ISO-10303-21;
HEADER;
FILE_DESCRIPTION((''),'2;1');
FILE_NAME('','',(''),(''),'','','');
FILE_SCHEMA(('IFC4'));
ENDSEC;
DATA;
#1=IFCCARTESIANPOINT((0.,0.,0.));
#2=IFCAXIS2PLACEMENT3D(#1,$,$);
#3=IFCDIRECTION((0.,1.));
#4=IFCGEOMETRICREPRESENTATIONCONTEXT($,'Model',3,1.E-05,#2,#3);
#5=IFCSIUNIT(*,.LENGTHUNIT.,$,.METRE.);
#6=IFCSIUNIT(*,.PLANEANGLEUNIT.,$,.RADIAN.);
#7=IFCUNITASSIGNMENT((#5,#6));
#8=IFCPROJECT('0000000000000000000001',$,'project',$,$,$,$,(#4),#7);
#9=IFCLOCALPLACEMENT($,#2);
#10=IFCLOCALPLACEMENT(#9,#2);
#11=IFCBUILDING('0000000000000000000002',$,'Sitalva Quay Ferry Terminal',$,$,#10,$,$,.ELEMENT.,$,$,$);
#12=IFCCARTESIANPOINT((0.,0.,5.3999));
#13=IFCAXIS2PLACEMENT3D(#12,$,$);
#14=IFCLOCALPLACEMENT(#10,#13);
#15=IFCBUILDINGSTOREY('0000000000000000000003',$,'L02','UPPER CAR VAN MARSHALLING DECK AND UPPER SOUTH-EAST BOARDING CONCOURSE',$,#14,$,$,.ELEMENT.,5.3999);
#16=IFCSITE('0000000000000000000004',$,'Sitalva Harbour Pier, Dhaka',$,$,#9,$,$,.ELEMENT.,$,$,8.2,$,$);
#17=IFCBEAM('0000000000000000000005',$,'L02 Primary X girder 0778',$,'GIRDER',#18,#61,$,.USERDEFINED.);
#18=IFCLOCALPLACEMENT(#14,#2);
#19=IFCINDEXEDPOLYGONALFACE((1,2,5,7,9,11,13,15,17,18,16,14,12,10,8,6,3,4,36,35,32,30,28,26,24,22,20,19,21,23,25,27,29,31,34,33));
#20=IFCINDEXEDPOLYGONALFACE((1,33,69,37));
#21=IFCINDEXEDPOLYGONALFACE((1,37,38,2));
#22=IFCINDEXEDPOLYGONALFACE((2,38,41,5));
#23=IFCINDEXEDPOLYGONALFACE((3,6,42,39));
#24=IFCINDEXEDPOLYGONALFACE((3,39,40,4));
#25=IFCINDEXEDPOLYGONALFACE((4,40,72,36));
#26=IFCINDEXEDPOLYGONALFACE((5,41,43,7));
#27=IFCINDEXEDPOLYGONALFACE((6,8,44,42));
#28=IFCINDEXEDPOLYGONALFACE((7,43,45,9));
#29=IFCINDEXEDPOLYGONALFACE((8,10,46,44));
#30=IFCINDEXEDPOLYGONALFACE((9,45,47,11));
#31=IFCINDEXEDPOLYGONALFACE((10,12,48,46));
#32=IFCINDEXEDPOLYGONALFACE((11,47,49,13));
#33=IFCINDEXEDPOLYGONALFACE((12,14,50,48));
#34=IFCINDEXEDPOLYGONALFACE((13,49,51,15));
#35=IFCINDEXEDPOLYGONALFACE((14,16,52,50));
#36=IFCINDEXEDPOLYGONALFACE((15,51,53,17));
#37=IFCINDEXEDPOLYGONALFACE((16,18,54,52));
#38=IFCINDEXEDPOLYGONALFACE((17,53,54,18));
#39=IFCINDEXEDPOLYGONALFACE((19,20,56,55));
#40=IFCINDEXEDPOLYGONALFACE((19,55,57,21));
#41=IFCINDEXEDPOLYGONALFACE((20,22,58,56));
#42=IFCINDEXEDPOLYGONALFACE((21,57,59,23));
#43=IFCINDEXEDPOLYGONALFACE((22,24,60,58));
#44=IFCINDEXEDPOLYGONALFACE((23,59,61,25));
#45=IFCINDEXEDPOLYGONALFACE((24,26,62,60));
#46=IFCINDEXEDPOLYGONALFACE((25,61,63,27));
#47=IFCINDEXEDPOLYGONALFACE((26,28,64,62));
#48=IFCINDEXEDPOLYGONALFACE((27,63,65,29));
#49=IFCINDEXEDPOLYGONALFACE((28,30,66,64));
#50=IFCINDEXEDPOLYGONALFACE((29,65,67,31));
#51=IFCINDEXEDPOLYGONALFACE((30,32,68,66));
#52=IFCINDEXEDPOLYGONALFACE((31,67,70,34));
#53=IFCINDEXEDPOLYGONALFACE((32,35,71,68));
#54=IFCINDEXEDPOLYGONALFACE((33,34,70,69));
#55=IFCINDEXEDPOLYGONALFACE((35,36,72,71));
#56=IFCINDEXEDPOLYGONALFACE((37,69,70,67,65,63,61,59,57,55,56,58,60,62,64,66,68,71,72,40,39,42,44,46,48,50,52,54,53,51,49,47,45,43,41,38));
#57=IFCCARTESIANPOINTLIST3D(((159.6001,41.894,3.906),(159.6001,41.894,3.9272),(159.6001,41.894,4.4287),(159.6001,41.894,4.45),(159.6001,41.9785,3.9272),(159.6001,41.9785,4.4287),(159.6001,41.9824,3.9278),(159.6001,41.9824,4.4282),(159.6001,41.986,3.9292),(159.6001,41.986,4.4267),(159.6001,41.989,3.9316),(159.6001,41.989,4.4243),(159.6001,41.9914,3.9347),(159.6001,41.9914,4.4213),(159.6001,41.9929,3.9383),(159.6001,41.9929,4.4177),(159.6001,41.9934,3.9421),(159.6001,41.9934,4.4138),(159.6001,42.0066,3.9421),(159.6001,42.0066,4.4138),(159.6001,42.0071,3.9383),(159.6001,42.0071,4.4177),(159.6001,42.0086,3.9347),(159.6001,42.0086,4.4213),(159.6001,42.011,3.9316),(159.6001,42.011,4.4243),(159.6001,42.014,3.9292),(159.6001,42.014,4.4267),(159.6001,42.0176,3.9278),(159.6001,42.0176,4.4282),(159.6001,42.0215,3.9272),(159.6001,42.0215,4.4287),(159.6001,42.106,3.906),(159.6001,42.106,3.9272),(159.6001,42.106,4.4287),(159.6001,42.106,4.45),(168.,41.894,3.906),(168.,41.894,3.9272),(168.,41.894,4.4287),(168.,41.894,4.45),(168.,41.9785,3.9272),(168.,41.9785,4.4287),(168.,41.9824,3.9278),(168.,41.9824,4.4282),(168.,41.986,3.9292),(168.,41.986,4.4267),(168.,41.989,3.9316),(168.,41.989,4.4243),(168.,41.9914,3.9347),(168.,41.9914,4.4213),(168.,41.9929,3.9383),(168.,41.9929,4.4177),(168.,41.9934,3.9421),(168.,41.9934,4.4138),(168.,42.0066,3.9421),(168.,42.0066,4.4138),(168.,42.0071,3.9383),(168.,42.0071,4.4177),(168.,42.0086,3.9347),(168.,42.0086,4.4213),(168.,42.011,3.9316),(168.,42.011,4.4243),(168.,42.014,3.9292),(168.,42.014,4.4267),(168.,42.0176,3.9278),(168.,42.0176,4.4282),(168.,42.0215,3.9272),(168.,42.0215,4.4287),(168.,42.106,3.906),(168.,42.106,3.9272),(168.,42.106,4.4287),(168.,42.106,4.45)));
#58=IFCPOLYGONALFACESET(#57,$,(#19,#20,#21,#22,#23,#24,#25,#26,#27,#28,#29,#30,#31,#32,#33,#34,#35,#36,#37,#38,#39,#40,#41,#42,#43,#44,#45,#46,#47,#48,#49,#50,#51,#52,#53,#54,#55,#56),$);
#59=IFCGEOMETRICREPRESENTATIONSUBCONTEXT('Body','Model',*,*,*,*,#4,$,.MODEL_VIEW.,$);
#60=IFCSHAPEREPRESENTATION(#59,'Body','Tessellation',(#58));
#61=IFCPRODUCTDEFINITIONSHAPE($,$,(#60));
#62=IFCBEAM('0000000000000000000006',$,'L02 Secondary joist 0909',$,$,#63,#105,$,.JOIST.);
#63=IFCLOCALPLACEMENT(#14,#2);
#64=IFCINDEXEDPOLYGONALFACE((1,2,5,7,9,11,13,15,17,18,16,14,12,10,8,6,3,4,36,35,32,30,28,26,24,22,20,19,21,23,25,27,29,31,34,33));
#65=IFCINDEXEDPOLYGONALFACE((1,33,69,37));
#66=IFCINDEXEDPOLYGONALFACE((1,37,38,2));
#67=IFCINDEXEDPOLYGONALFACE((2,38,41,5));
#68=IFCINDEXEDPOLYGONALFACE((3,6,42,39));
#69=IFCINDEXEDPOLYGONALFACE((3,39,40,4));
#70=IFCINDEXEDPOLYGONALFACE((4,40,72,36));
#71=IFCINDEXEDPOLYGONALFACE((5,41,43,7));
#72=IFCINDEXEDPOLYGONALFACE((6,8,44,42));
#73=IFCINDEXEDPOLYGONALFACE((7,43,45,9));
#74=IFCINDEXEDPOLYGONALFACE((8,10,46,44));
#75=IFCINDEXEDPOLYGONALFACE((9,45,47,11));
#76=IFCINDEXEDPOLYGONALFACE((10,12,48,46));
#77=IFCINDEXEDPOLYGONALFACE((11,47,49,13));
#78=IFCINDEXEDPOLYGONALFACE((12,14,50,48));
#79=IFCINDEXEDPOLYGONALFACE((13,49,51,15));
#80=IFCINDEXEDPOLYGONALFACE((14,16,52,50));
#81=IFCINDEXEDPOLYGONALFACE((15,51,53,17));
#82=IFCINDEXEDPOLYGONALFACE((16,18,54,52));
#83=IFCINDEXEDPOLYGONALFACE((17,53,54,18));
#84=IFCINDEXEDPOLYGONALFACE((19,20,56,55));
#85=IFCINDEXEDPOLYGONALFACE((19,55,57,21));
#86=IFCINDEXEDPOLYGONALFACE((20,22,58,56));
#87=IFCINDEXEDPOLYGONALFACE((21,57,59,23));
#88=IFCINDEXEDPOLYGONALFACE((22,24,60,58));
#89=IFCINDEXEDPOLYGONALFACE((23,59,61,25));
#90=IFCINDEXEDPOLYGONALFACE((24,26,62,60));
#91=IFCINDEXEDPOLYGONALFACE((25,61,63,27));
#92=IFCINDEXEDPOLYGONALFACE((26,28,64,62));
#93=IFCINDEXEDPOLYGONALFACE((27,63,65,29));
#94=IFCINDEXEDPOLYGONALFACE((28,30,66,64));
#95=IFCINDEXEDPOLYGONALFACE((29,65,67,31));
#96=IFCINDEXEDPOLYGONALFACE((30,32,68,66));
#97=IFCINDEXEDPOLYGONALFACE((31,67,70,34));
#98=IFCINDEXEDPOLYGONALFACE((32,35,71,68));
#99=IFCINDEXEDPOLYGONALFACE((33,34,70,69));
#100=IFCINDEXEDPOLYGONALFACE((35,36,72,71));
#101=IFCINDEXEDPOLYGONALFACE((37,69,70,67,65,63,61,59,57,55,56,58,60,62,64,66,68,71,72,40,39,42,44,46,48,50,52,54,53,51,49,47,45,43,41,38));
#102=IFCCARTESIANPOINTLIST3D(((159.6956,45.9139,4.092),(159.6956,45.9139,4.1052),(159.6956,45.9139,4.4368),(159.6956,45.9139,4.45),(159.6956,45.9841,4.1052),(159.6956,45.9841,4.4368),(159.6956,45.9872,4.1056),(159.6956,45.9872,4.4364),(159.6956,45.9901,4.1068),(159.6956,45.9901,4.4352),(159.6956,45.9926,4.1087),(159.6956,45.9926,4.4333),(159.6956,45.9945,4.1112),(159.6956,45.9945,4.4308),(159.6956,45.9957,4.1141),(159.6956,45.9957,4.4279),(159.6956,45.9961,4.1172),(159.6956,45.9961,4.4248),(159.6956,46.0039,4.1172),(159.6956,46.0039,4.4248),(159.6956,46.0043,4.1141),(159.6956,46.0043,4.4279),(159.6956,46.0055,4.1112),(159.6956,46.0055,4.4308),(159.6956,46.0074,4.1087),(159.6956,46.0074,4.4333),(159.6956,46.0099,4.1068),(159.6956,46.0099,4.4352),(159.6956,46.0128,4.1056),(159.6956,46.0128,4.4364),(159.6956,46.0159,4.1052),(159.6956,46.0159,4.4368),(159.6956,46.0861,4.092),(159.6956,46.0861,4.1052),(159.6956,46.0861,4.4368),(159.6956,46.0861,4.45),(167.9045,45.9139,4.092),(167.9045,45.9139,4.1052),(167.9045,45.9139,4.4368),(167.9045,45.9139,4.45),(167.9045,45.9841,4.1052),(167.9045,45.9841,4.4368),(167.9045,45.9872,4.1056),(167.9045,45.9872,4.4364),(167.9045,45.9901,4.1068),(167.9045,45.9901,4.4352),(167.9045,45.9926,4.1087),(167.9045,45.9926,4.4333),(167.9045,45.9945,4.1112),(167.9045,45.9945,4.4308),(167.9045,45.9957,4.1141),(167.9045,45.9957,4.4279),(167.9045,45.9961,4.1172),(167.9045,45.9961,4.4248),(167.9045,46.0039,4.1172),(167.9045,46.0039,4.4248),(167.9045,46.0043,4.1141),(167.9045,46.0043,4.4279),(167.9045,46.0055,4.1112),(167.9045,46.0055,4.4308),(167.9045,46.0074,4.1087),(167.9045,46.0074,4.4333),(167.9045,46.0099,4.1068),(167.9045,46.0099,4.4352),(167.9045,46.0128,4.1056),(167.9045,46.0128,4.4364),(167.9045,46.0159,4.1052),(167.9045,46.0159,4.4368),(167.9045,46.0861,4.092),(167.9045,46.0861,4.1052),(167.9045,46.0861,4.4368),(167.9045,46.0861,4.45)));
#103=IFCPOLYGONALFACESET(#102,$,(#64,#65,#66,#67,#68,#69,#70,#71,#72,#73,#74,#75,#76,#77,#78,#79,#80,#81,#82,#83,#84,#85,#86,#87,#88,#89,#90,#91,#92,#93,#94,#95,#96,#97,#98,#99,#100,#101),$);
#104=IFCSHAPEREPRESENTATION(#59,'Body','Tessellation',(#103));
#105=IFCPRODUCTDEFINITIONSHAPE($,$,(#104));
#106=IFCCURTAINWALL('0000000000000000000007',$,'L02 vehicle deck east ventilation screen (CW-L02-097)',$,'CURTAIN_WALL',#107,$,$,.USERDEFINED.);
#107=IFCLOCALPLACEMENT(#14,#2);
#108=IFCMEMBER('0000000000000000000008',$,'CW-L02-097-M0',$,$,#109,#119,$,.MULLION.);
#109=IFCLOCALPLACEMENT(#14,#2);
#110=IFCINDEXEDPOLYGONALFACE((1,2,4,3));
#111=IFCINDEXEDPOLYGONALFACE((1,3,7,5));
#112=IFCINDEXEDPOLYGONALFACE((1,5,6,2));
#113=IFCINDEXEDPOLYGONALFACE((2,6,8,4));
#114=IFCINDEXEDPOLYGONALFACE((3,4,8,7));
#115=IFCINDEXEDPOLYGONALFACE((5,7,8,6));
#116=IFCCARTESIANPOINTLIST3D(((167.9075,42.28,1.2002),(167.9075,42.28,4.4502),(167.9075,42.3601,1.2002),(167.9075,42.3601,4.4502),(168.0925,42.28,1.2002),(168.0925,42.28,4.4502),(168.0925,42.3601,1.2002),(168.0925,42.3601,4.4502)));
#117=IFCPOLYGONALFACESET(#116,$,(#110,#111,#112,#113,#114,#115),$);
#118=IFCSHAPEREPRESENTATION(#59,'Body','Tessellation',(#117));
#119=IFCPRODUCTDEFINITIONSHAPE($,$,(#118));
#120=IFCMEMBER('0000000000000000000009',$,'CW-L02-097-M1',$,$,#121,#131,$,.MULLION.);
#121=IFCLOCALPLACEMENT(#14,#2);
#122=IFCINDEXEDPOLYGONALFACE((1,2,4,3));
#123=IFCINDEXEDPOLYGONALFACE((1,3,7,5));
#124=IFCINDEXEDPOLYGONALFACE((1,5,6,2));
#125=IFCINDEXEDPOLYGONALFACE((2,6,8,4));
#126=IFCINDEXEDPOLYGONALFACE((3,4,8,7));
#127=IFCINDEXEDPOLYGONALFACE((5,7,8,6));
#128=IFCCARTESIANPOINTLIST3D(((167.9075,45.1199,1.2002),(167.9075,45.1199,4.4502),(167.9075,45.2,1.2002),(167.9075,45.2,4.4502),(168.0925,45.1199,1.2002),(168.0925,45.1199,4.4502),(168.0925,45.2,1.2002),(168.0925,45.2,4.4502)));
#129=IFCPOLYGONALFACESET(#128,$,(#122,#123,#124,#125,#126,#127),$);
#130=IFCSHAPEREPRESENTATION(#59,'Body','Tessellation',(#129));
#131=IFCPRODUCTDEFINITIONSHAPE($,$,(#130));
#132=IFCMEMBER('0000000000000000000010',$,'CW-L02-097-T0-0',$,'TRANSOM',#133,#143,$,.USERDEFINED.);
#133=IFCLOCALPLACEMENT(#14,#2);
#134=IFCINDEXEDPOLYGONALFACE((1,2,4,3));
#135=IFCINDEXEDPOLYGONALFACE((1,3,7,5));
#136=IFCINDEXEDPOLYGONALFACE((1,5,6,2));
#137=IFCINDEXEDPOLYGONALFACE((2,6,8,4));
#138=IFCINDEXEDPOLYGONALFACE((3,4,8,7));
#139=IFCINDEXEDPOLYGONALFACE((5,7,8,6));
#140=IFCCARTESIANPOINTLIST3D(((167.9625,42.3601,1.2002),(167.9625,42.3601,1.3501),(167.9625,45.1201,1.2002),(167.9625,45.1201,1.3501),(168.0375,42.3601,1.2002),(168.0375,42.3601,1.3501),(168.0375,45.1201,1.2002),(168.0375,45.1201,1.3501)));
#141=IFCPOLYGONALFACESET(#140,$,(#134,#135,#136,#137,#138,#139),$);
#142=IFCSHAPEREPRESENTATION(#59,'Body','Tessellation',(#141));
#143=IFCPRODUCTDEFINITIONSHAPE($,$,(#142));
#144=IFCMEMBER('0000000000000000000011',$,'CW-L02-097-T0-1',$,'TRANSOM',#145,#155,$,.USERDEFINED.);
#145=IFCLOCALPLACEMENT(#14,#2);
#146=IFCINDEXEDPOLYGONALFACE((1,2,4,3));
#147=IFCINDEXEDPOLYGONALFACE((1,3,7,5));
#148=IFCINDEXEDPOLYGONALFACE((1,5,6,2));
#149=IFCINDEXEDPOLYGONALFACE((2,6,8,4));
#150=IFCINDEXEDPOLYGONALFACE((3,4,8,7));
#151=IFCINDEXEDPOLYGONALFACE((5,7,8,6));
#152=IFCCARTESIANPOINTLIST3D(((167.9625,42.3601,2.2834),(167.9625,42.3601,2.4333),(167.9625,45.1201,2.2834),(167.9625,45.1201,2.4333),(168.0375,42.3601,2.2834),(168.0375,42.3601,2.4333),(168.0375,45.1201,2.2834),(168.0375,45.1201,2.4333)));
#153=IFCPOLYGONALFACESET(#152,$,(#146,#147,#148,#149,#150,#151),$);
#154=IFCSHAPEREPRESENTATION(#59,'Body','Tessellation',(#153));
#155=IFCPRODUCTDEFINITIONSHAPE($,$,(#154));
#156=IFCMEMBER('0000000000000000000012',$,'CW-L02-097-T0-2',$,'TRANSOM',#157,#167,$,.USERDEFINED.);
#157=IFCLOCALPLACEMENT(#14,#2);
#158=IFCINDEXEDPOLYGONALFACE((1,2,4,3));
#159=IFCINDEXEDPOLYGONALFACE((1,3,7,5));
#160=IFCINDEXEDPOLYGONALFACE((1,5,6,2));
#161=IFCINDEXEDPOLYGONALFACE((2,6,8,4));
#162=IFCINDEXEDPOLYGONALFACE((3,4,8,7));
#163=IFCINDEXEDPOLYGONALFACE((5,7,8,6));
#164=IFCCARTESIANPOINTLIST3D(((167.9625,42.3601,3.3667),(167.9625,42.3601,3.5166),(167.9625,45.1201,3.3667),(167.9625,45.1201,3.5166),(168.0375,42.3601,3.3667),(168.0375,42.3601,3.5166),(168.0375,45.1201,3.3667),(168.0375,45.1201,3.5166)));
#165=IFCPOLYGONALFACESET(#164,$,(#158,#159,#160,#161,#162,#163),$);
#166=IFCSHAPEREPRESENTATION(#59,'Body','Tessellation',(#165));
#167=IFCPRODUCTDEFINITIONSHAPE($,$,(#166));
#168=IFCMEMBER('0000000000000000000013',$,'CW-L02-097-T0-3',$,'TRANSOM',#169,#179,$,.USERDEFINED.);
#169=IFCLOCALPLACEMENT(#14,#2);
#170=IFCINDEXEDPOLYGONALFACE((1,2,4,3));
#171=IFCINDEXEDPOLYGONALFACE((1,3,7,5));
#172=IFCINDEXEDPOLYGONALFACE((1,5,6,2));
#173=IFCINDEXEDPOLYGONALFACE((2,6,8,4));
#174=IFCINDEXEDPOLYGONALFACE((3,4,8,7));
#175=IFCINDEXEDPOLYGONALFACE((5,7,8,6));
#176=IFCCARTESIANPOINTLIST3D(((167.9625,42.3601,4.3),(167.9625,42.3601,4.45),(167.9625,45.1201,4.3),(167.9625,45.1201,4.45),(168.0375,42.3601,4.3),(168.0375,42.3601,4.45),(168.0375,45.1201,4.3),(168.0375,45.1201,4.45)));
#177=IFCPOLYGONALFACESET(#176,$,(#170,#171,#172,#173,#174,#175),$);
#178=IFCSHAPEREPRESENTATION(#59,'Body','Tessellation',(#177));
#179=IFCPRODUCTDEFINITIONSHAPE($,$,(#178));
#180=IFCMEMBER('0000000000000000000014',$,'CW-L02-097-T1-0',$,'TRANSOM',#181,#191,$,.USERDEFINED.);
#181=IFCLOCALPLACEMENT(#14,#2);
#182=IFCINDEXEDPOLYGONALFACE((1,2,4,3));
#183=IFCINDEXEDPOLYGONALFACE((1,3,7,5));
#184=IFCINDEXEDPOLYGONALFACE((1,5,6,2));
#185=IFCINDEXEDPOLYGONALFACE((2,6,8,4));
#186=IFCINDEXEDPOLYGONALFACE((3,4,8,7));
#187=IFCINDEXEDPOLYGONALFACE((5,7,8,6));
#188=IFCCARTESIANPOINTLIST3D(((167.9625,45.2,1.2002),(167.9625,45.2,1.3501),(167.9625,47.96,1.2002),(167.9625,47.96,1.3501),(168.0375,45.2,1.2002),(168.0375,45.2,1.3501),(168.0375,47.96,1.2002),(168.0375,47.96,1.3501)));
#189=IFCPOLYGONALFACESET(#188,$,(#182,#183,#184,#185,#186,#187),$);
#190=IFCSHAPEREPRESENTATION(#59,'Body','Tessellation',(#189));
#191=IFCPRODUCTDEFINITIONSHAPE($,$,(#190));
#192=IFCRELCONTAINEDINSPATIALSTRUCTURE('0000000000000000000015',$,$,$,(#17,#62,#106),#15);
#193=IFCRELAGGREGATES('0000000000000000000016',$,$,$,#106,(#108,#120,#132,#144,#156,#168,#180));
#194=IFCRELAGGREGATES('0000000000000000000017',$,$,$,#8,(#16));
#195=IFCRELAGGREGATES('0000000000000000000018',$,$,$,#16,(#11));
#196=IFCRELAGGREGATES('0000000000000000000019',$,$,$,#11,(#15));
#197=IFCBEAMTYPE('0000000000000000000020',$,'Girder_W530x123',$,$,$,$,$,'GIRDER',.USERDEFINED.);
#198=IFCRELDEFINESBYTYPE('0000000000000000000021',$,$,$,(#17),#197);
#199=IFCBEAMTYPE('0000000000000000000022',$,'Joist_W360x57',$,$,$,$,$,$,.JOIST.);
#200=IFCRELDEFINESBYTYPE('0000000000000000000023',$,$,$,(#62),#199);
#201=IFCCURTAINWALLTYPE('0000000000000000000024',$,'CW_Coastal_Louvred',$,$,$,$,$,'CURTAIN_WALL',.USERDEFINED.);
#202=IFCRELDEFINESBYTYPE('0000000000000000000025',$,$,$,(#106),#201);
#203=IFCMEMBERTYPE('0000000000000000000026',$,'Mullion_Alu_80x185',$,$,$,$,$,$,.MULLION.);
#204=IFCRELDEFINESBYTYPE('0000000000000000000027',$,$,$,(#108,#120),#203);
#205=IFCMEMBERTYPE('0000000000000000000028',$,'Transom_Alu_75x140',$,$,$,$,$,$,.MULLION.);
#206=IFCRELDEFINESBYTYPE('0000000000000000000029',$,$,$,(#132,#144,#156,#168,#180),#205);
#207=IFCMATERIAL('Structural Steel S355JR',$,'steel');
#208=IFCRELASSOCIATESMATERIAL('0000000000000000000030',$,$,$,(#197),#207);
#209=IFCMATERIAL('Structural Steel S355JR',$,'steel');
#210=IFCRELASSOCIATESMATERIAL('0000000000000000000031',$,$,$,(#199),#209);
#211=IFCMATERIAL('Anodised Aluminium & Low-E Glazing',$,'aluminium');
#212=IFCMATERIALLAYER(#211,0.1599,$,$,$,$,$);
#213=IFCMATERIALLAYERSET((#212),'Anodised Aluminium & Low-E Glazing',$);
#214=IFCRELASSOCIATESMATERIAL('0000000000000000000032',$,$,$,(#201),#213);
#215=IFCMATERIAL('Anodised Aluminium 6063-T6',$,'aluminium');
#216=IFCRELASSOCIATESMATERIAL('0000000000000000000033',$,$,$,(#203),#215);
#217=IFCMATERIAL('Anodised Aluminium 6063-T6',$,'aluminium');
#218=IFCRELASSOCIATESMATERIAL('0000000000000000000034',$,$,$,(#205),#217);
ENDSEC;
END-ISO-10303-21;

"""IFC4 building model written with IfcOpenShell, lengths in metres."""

from ifc_helpers import new_model, si_unit, direction, frame, origin, origin_2d, place, context, subcontext, project, spatial, rectangle, i_section, extrude, material, layer, layer_set, material_profile, profile_set, type_object, element, aggregate, save


model = new_model("IFC4")

# Units and contexts
model_context = context("Model", 3, precision=1e-05, world=origin(), true_north=direction((0.0, 1.0)))
body_context = subcontext(model_context, "Body", "Model", "MODEL_VIEW")
ifc_project = project(units=[si_unit("LENGTHUNIT", "METRE"), si_unit("PLANEANGLEUNIT", "RADIAN")], contexts=[model_context])

# Site, building, storey
site_placement = place(None, origin())
site = spatial("IfcSite", under=ifc_project, at=site_placement, Name="Sitalva Harbour Pier, Dhaka", CompositionType="ELEMENT", RefElevation=8.2)
building_placement = place(site_placement, origin())
building = spatial("IfcBuilding", under=site, at=building_placement, Name="Sitalva Quay Ferry Terminal", CompositionType="ELEMENT")
storey_placement = place(building_placement, frame((0.0, 0.0, 5.3999)))
storey = spatial("IfcBuildingStorey", under=building, at=storey_placement, Name="L02", Description="UPPER CAR VAN MARSHALLING DECK AND UPPER SOUTH-EAST BOARDING CONCOURSE", CompositionType="ELEMENT", Elevation=5.3999)

# Beams
ifc_material_1 = material(Name="Structural Steel S355JR", Category="steel")
ifc_material_profile_1 = material_profile(ifc_material_1, i_section(OverallWidth=0.2119, OverallDepth=0.5439, WebThickness=0.0132, FlangeThickness=0.0212, FilletRadius=0.0149, at=origin_2d()), Name="W530x123")
ifc_profile_set_1 = profile_set([ifc_material_profile_1], Name="Structural Steel S355JR")
beam_type_1 = type_object("IfcBeamType", Name="Girder_W530x123", ElementType="GIRDER", PredefinedType="USERDEFINED", material=ifc_profile_set_1)
beam_1_placement = place(storey_placement, frame((159.6001, 42.0, 4.178), z_axis=(1.0, 0.0, 0.0), x_axis=(0.0, 1.0, 0.0)))
element("IfcBeam", 1, at=beam_1_placement, inside=storey, type_object=beam_type_1, Name="L02 Primary X girder 0778", ObjectType="GIRDER", PredefinedType="USERDEFINED", context=body_context, shape_type="SweptSolid", body=[
    extrude(i_section(OverallWidth=0.2119, OverallDepth=0.5439, WebThickness=0.0132, FlangeThickness=0.0212, FilletRadius=0.0149, at=origin_2d()), origin(), (0.0, 0.0, 1.0), 8.3999),
])
ifc_material_2 = material(Name="Structural Steel S355JR", Category="steel")
ifc_material_profile_2 = material_profile(ifc_material_2, i_section(OverallWidth=0.1721, OverallDepth=0.3579, WebThickness=0.0078, FlangeThickness=0.0132, FilletRadius=0.012, at=origin_2d()), Name="W360x57")
ifc_profile_set_2 = profile_set([ifc_material_profile_2], Name="Structural Steel S355JR")
beam_type_2 = type_object("IfcBeamType", Name="Joist_W360x57", PredefinedType="JOIST", material=ifc_profile_set_2)
beam_2_placement = place(storey_placement, frame((159.6956, 46.0, 4.271), z_axis=(1.0, 0.0, 0.0), x_axis=(0.0, 1.0, 0.0)))
element("IfcBeam", 2, at=beam_2_placement, inside=storey, type_object=beam_type_2, Name="L02 Secondary joist 0909", PredefinedType="JOIST", context=body_context, shape_type="SweptSolid", body=[
    extrude(i_section(OverallWidth=0.1721, OverallDepth=0.3579, WebThickness=0.0078, FlangeThickness=0.0132, FilletRadius=0.012, at=origin_2d()), origin(), (0.0, 0.0, 1.0), 8.209),
])

# Curtain wall, members
ifc_material_3 = material(Name="Anodised Aluminium & Low-E Glazing", Category="aluminium")
ifc_layer_1 = layer(ifc_material_3, 0.1599)
ifc_layer_set_1 = layer_set([ifc_layer_1], Name="Anodised Aluminium & Low-E Glazing")
curtain_wall_type = type_object("IfcCurtainWallType", Name="CW_Coastal_Louvred", ElementType="CURTAIN_WALL", PredefinedType="USERDEFINED", material=ifc_layer_set_1)
curtain_wall_placement = place(storey_placement, origin())
curtain_wall = element("IfcCurtainWall", 3, at=curtain_wall_placement, inside=storey, type_object=curtain_wall_type, Name="L02 vehicle deck east ventilation screen (CW-L02-097)", ObjectType="CURTAIN_WALL", PredefinedType="USERDEFINED")
ifc_material_4 = material(Name="Anodised Aluminium 6063-T6", Category="aluminium")
ifc_material_profile_3 = material_profile(ifc_material_4, rectangle(XDim=0.0801, YDim=0.1851, at=origin_2d()), Name="ALU80x185")
ifc_profile_set_3 = profile_set([ifc_material_profile_3], Name="Anodised Aluminium 6063-T6")
member_type_1 = type_object("IfcMemberType", Name="Mullion_Alu_80x185", PredefinedType="MULLION", material=ifc_profile_set_3)
member_1_placement = place(storey_placement, frame((168.0, 42.3201, 1.2002), z_axis=(0.0, 0.0, 1.0), x_axis=(0.0, 1.0, 0.0)))
member_1 = element("IfcMember", 4, at=member_1_placement, type_object=member_type_1, Name="CW-L02-097-M0", PredefinedType="MULLION", context=body_context, shape_type="SweptSolid", body=[
    extrude(rectangle(XDim=0.0801, YDim=0.1851, at=origin_2d()), origin(), (0.0, 0.0, 1.0), 3.25),
])
member_2_placement = place(storey_placement, frame((168.0, 45.1599, 1.2002), z_axis=(0.0, 0.0, 1.0), x_axis=(0.0, 1.0, 0.0)))
member_2 = element("IfcMember", 5, at=member_2_placement, type_object=member_type_1, Name="CW-L02-097-M1", PredefinedType="MULLION", context=body_context, shape_type="SweptSolid", body=[
    extrude(rectangle(XDim=0.0801, YDim=0.1851, at=origin_2d()), origin(), (0.0, 0.0, 1.0), 3.25),
])
ifc_material_5 = material(Name="Anodised Aluminium 6063-T6", Category="aluminium")
ifc_material_profile_4 = material_profile(ifc_material_5, rectangle(XDim=0.075, YDim=0.1499, at=origin_2d()), Name="ALU75x150")
ifc_profile_set_4 = profile_set([ifc_material_profile_4], Name="Anodised Aluminium 6063-T6")
member_type_2 = type_object("IfcMemberType", Name="Transom_Alu_75x140", PredefinedType="MULLION", material=ifc_profile_set_4)
member_3_placement = place(storey_placement, frame((168.0, 42.3601, 1.2751), z_axis=(0.0, 1.0, 0.0), x_axis=(-1.0, 0.0, 0.0)))
member_3 = element("IfcMember", 6, at=member_3_placement, type_object=member_type_2, Name="CW-L02-097-T0-0", ObjectType="TRANSOM", PredefinedType="USERDEFINED", context=body_context, shape_type="SweptSolid", body=[
    extrude(rectangle(XDim=0.075, YDim=0.1499, at=origin_2d()), origin(), (0.0, 0.0, 1.0), 2.76),
])
member_4_placement = place(storey_placement, frame((168.0, 42.3601, 2.3584), z_axis=(0.0, 1.0, 0.0), x_axis=(-1.0, 0.0, 0.0)))
member_4 = element("IfcMember", 7, at=member_4_placement, type_object=member_type_2, Name="CW-L02-097-T0-1", ObjectType="TRANSOM", PredefinedType="USERDEFINED", context=body_context, shape_type="SweptSolid", body=[
    extrude(rectangle(XDim=0.075, YDim=0.1499, at=origin_2d()), origin(), (0.0, 0.0, 1.0), 2.76),
])
member_5_placement = place(storey_placement, frame((168.0, 42.3601, 3.4417), z_axis=(0.0, 1.0, 0.0), x_axis=(-1.0, 0.0, 0.0)))
member_5 = element("IfcMember", 8, at=member_5_placement, type_object=member_type_2, Name="CW-L02-097-T0-2", ObjectType="TRANSOM", PredefinedType="USERDEFINED", context=body_context, shape_type="SweptSolid", body=[
    extrude(rectangle(XDim=0.075, YDim=0.1499, at=origin_2d()), origin(), (0.0, 0.0, 1.0), 2.76),
])
member_6_placement = place(storey_placement, frame((168.0, 42.3601, 4.375), z_axis=(0.0, 1.0, 0.0), x_axis=(-1.0, 0.0, 0.0)))
member_6 = element("IfcMember", 9, at=member_6_placement, type_object=member_type_2, Name="CW-L02-097-T0-3", ObjectType="TRANSOM", PredefinedType="USERDEFINED", context=body_context, shape_type="SweptSolid", body=[
    extrude(rectangle(XDim=0.075, YDim=0.1499, at=origin_2d()), origin(), (0.0, 0.0, 1.0), 2.76),
])
member_7_placement = place(storey_placement, frame((168.0, 45.2, 1.2751), z_axis=(0.0, 1.0, 0.0), x_axis=(-1.0, 0.0, 0.0)))
member_7 = element("IfcMember", 10, at=member_7_placement, type_object=member_type_2, Name="CW-L02-097-T1-0", ObjectType="TRANSOM", PredefinedType="USERDEFINED", context=body_context, shape_type="SweptSolid", body=[
    extrude(rectangle(XDim=0.075, YDim=0.1499, at=origin_2d()), origin(), (0.0, 0.0, 1.0), 2.76),
])
aggregate(curtain_wall, [member_1, member_2, member_3, member_4, member_5, member_6, member_7])

save(model, "model.ifc")
